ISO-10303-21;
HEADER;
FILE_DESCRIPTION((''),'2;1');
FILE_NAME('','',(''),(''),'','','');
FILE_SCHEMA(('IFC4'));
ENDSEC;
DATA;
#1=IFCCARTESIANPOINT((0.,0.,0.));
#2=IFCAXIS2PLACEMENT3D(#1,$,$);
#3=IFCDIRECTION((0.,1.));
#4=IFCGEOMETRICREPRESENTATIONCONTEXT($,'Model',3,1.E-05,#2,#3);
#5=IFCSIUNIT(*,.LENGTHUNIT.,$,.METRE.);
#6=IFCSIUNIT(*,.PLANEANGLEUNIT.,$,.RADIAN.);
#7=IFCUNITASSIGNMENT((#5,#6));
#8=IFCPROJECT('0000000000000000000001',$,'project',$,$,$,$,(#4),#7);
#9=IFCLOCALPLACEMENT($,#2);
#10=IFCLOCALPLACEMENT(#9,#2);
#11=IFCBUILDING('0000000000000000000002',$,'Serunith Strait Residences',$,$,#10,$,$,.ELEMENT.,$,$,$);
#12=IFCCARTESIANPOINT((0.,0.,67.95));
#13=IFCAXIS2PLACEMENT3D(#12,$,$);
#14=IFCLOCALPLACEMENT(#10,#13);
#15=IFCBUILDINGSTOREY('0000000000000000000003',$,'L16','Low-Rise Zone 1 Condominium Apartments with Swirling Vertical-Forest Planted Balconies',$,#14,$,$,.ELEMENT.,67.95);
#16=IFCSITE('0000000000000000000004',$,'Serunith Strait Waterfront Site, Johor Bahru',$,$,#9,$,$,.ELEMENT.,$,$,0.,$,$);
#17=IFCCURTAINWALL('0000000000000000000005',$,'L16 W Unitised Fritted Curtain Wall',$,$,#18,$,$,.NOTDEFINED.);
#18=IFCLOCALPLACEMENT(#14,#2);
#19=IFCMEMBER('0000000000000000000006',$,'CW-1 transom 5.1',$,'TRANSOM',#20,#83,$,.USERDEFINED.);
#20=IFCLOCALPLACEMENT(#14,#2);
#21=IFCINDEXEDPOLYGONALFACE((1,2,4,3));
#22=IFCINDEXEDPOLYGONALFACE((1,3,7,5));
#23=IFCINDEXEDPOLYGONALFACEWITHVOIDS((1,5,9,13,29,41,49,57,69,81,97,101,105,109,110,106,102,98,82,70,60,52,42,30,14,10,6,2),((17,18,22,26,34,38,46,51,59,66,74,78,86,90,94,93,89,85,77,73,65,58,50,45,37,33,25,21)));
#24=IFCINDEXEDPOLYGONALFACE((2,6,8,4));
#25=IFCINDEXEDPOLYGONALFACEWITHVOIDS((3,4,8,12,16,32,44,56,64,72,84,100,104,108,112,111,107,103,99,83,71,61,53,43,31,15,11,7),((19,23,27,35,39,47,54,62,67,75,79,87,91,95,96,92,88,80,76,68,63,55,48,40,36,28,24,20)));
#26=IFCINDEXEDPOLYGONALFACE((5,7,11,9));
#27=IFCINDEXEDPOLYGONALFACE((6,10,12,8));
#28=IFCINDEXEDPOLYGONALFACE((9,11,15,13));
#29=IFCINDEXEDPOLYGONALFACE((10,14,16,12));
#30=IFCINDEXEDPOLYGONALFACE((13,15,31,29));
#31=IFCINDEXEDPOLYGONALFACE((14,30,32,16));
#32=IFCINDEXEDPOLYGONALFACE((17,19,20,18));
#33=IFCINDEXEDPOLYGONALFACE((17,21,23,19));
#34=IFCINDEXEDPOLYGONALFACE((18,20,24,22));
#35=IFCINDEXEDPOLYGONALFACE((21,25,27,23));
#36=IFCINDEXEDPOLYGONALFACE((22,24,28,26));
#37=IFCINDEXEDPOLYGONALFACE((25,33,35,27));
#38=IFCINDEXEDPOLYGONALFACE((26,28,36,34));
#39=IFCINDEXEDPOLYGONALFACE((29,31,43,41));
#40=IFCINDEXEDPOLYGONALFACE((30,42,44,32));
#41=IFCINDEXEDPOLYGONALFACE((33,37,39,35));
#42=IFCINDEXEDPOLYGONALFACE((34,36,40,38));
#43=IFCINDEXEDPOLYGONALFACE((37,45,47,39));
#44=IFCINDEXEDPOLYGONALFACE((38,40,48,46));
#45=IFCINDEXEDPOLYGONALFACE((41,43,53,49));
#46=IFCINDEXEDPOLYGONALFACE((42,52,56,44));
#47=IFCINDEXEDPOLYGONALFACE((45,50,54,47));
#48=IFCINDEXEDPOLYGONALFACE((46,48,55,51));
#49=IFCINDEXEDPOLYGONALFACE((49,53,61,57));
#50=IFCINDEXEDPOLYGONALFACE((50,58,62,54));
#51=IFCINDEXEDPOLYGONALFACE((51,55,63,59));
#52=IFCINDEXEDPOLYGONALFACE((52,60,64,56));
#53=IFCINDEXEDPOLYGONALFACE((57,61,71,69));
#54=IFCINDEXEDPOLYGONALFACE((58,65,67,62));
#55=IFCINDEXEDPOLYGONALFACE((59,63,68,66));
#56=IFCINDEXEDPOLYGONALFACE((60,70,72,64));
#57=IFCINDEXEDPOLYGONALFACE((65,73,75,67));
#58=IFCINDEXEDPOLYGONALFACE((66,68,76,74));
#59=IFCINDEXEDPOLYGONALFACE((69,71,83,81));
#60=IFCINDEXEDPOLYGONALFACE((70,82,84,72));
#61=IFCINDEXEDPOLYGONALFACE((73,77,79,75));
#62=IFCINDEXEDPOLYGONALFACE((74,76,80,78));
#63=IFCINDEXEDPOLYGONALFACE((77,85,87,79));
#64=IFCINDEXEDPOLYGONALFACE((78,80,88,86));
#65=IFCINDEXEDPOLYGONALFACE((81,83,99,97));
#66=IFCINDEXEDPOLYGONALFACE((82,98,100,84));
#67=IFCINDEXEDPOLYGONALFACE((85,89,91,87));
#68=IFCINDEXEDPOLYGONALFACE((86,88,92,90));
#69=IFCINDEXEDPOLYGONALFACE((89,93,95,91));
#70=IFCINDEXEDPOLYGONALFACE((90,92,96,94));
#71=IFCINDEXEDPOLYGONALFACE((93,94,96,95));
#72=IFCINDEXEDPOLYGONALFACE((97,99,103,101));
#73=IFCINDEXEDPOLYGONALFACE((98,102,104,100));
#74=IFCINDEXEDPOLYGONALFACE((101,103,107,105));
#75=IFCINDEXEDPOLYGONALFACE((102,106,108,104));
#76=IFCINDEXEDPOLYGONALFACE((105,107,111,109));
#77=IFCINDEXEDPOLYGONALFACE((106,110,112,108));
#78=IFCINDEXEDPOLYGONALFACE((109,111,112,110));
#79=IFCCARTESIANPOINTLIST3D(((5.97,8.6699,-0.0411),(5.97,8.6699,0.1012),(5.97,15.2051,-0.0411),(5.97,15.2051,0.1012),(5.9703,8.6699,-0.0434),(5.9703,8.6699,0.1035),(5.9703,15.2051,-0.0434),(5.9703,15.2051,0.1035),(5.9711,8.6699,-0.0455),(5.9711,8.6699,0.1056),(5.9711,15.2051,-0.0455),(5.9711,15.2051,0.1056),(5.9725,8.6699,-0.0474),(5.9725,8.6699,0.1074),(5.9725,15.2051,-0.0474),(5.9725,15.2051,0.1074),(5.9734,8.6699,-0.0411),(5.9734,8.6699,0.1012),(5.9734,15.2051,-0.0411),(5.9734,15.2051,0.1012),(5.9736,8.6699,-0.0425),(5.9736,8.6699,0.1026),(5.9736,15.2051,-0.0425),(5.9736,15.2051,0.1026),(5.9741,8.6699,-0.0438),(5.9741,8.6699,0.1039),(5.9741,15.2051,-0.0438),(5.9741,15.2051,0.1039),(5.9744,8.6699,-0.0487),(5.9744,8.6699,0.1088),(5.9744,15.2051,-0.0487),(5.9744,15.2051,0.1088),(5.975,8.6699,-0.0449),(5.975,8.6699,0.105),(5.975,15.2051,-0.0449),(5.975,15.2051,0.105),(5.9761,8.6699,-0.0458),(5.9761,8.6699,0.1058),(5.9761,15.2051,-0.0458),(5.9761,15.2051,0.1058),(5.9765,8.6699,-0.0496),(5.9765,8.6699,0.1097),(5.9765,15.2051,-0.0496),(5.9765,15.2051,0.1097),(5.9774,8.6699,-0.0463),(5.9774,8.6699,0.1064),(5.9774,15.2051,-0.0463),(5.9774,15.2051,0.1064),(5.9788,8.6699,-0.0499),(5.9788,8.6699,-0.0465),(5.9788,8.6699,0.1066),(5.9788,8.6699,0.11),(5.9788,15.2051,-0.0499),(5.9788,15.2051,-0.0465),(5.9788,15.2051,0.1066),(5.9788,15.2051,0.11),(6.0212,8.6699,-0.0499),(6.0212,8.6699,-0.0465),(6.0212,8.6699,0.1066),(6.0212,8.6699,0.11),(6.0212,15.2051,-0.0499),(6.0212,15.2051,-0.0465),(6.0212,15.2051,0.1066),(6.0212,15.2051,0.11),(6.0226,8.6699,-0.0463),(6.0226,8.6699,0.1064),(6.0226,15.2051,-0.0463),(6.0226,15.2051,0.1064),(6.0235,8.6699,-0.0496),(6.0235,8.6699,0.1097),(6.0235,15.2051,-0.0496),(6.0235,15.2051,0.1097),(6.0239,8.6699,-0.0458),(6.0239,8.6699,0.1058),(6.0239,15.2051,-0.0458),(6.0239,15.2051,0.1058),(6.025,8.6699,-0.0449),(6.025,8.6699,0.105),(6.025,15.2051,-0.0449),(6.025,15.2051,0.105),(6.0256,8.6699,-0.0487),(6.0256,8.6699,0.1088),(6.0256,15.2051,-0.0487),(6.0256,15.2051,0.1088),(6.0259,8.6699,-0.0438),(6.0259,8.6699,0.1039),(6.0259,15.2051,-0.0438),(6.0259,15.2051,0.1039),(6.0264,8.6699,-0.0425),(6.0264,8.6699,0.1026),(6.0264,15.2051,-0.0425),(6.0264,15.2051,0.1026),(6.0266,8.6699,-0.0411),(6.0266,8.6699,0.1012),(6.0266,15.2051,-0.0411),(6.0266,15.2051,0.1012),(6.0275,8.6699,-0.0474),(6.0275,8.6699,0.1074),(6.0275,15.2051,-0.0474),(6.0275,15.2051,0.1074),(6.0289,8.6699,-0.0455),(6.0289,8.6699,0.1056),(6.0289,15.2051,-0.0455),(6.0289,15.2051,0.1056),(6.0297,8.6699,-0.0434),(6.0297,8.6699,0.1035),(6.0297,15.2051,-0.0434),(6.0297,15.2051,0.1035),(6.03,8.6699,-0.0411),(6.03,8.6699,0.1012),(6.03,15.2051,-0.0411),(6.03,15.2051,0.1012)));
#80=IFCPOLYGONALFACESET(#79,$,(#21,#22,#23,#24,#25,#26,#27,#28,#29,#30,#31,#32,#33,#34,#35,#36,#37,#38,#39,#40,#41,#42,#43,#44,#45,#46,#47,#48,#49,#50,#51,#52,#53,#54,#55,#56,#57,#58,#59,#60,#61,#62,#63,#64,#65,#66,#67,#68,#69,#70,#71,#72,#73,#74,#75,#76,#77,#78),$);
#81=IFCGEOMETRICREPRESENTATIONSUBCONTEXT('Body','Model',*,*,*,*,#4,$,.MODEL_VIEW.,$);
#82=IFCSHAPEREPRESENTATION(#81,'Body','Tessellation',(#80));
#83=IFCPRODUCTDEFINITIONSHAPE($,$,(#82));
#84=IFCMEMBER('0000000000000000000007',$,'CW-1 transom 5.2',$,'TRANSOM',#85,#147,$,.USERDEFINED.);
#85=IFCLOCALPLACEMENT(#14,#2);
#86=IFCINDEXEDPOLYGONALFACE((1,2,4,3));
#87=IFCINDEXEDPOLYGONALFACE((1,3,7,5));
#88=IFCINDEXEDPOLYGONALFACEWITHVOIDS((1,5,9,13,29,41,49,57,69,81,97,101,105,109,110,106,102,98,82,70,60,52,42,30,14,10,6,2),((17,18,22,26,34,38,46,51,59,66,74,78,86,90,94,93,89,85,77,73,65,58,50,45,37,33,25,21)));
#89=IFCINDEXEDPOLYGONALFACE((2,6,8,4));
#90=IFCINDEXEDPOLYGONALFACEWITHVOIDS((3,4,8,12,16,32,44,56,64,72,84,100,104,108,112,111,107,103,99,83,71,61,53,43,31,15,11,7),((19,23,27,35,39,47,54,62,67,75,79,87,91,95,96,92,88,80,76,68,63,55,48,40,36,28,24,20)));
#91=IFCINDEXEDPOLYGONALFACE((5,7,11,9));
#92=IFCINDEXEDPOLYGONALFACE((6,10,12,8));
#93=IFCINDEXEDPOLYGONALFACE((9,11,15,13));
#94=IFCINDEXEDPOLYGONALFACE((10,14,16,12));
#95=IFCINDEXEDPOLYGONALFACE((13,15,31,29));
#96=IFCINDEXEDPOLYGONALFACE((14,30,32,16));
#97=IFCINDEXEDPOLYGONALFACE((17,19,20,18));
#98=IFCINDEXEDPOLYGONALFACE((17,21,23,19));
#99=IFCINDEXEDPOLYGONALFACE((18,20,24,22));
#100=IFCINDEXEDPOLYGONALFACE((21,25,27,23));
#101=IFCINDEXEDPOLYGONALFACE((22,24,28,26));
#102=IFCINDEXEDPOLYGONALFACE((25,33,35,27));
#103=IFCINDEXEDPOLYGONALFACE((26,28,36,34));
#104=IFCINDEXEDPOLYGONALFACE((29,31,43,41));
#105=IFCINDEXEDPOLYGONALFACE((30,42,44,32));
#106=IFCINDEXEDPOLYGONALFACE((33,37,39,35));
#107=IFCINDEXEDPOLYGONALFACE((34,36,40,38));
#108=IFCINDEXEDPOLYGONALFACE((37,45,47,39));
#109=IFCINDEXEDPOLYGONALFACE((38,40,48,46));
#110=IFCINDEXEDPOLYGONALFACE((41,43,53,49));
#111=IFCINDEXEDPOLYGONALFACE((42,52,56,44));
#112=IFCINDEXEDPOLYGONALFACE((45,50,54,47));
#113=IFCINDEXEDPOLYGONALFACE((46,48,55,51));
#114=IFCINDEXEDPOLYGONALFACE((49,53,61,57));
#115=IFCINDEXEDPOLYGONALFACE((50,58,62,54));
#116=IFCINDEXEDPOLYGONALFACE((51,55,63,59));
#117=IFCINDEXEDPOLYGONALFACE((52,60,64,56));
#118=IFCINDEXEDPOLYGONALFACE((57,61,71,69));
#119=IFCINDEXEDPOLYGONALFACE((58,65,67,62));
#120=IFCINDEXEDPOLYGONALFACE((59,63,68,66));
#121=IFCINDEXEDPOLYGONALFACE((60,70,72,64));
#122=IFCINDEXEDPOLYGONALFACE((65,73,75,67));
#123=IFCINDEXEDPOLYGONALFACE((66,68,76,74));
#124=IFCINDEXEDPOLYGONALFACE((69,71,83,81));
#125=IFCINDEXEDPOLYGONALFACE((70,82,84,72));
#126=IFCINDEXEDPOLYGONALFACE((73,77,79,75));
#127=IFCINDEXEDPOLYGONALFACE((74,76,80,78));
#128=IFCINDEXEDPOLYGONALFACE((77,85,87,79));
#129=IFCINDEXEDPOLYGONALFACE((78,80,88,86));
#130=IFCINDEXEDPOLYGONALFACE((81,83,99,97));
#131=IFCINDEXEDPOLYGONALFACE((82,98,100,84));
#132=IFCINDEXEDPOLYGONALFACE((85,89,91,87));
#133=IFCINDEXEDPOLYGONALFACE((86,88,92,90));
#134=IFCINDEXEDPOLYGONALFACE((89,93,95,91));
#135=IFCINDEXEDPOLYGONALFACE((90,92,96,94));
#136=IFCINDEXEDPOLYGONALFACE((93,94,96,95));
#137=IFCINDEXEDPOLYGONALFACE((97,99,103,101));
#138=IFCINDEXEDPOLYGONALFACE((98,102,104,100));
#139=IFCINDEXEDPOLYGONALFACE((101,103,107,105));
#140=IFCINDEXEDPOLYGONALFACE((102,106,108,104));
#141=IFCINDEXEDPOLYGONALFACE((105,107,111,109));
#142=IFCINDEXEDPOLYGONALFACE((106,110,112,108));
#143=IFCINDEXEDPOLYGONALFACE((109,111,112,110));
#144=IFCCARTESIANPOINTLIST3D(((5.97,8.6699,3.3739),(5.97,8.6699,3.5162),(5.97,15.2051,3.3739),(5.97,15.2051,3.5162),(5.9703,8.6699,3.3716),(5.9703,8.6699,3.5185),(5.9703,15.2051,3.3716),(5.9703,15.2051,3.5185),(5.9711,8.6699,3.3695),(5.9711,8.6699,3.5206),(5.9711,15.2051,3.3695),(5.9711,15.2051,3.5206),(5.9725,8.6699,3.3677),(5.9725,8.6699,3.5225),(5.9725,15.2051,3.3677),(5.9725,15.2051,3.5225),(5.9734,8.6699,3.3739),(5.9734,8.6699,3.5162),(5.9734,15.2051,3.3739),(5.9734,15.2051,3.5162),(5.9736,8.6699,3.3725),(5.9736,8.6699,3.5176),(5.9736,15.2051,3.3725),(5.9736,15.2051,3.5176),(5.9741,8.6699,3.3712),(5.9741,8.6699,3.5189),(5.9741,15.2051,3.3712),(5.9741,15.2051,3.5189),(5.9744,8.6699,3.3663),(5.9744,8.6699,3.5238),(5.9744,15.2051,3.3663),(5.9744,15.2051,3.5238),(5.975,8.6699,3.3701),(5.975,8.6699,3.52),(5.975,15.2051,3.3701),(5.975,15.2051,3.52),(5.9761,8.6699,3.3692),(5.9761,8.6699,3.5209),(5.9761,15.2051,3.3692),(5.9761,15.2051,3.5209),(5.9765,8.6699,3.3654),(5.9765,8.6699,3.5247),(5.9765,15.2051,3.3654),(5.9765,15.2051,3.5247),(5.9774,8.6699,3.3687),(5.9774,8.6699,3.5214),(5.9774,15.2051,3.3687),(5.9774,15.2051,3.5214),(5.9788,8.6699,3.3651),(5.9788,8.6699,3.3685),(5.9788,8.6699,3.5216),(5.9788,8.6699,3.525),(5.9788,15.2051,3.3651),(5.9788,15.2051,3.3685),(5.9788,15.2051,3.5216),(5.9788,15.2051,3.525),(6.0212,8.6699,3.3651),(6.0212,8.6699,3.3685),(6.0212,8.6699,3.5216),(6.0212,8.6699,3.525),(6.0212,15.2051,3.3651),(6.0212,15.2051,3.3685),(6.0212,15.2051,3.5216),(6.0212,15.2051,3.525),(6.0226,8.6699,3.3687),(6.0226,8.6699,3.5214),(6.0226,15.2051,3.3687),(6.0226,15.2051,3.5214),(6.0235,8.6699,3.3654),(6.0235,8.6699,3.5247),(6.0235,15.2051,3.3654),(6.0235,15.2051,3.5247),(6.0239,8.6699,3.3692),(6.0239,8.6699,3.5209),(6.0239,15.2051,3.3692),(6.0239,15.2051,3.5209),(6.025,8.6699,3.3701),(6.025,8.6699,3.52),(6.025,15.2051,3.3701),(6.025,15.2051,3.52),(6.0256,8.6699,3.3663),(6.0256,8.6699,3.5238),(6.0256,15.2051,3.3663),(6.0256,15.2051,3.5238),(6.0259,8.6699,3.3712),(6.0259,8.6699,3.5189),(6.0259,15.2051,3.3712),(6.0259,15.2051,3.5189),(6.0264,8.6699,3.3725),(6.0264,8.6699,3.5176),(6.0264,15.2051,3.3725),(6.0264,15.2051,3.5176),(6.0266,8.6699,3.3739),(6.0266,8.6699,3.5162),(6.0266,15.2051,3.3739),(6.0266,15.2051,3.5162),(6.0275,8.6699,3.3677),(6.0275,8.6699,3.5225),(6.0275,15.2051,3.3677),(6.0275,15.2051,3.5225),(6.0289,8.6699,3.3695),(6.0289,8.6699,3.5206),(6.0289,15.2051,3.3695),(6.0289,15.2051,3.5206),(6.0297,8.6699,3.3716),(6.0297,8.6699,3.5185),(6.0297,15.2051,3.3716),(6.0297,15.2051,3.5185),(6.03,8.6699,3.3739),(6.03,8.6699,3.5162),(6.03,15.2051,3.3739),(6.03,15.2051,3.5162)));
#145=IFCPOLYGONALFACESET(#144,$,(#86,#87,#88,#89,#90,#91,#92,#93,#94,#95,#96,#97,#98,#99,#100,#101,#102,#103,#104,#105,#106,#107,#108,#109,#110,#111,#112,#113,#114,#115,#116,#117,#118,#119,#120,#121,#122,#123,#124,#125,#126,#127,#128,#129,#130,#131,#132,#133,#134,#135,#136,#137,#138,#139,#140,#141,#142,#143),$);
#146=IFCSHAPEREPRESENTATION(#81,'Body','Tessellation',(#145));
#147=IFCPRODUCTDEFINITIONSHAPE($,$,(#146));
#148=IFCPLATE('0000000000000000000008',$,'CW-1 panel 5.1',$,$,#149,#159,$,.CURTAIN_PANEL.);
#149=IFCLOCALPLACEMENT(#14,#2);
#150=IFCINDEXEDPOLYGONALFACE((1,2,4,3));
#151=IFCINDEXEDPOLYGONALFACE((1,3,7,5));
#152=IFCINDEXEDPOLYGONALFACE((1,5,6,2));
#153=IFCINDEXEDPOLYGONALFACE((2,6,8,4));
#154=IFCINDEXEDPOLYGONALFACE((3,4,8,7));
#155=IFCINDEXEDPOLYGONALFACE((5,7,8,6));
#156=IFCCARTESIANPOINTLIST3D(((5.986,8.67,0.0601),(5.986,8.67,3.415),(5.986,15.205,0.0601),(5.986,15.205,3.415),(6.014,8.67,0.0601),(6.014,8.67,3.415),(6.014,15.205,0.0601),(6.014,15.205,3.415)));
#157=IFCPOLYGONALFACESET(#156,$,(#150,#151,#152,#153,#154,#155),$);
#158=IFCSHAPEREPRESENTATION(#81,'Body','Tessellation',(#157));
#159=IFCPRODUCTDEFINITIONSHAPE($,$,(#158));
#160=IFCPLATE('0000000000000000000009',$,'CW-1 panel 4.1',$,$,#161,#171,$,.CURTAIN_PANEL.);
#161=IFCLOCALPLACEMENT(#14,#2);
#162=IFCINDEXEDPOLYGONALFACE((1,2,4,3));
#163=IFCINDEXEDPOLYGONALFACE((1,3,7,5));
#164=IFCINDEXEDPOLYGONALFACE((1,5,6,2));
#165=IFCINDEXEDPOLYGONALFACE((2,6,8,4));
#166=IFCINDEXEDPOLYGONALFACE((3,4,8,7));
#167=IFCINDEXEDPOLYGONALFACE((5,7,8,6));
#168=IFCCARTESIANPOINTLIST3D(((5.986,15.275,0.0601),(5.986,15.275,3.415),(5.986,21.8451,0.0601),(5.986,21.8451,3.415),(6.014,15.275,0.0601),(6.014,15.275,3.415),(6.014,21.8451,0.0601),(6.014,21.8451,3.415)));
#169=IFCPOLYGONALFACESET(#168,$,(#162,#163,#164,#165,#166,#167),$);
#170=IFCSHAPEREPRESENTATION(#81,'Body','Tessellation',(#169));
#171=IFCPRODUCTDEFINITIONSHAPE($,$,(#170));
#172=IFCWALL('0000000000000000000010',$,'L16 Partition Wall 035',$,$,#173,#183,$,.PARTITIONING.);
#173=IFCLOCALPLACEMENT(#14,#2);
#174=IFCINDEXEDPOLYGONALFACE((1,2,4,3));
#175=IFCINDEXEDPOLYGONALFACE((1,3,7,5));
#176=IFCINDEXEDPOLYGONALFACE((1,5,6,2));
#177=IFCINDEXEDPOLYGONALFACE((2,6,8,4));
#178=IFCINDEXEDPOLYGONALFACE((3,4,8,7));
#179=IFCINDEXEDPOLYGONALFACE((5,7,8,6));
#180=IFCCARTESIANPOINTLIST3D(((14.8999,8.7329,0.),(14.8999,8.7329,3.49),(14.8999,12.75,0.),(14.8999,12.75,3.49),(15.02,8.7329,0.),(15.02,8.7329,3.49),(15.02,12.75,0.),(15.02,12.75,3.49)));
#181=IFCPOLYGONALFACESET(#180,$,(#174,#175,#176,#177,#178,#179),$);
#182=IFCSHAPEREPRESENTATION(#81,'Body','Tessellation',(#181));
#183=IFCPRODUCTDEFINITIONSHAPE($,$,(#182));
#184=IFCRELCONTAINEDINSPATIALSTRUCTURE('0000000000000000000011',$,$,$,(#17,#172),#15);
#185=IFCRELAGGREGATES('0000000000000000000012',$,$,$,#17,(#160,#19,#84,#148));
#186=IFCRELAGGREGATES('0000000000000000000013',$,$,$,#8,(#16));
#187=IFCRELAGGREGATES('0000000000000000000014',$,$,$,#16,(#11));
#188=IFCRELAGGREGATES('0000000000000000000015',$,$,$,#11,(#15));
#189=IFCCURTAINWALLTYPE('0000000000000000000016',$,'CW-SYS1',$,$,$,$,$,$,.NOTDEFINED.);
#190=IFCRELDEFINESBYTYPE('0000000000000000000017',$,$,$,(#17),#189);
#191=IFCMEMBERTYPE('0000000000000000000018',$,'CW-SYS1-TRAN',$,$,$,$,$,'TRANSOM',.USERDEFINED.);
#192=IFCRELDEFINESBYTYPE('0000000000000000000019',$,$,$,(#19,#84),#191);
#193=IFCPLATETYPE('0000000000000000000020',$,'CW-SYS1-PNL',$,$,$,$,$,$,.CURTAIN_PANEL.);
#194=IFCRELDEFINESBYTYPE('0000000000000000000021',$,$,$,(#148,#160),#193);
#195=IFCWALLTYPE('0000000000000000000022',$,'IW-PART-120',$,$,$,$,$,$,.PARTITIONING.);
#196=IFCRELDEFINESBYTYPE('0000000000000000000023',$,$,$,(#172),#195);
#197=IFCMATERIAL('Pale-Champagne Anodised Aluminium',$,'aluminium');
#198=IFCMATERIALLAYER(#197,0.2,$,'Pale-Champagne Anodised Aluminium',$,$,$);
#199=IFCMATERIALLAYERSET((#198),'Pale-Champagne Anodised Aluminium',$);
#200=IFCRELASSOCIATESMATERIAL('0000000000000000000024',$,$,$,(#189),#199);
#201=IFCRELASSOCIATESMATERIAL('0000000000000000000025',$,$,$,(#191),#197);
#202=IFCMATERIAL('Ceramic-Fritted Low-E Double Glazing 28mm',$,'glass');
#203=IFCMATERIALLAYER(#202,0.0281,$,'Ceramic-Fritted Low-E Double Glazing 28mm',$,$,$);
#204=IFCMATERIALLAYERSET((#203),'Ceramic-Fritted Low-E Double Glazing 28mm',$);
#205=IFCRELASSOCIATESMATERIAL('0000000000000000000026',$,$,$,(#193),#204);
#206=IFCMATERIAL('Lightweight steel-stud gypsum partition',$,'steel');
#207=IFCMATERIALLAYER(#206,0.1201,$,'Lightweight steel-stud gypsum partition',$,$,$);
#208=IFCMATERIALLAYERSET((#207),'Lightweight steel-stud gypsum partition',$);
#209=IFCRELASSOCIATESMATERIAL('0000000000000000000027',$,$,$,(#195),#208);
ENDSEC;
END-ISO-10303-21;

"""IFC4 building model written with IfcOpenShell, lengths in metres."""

from ifc_helpers import new_model, si_unit, direction, frame, frame_2d, origin, origin_2d, place, context, subcontext, project, spatial, rectangle, hollow_rectangle, extrude, source, transform, mapped, material, layer, layer_set, material_profile, profile_set, type_object, element, aggregate, save


model = new_model("IFC4")

# Units and contexts
model_context = context("Model", 3, precision=1e-05, world=origin(), true_north=direction((0.0, 1.0)))
body_context = subcontext(model_context, "Body", "Model", "MODEL_VIEW")
ifc_project = project(units=[si_unit("LENGTHUNIT", "METRE"), si_unit("PLANEANGLEUNIT", "RADIAN")], contexts=[model_context])

# Site, building, storey
site_placement = place(None, origin())
site = spatial("IfcSite", under=ifc_project, at=site_placement, Name="Serunith Strait Waterfront Site, Johor Bahru", CompositionType="ELEMENT", RefElevation=0.0)
building_placement = place(site_placement, origin())
building = spatial("IfcBuilding", under=site, at=building_placement, Name="Serunith Strait Residences", CompositionType="ELEMENT")
storey_placement = place(building_placement, frame((0.0, 0.0, 67.95)))
storey = spatial("IfcBuildingStorey", under=building, at=storey_placement, Name="L16", Description="Low-Rise Zone 1 Condominium Apartments with Swirling Vertical-Forest Planted Balconies", CompositionType="ELEMENT", Elevation=67.95)

# Curtain wall, members, plates
ifc_material_1 = material(Name="Pale-Champagne Anodised Aluminium", Category="aluminium")
ifc_layer_1 = layer(ifc_material_1, 0.2, Name="Pale-Champagne Anodised Aluminium")
ifc_layer_set_1 = layer_set([ifc_layer_1], Name="Pale-Champagne Anodised Aluminium")
curtain_wall_type = type_object("IfcCurtainWallType", Name="CW-SYS1", PredefinedType="NOTDEFINED", material=ifc_layer_set_1)
curtain_wall_placement = place(storey_placement, origin())
curtain_wall = element("IfcCurtainWall", 1, at=curtain_wall_placement, inside=storey, type_object=curtain_wall_type, Name="L16 W Unitised Fritted Curtain Wall", PredefinedType="NOTDEFINED")
ifc_material_profile_1 = material_profile(ifc_material_1, hollow_rectangle(XDim=0.0601, YDim=0.1599, WallThickness=0.0034, InnerFilletRadius=0.0054, OuterFilletRadius=0.0088, at=origin_2d()), Name="ALU 160x60x3.5")
ifc_profile_set_1 = profile_set([ifc_material_profile_1], Name="Pale-Champagne Anodised Aluminium")
member_type_1 = type_object("IfcMemberType", Name="CW-SYS1-TRAN", ElementType="TRANSOM", PredefinedType="USERDEFINED", material=ifc_profile_set_1)
shared_shape_1 = source(origin(), body_context, "Body", "SweptSolid", [
    extrude(hollow_rectangle(XDim=0.0601, YDim=0.1599, WallThickness=0.0034, InnerFilletRadius=0.0054, OuterFilletRadius=0.0088, at=origin_2d()), origin(), (0.0, 0.0, 1.0), 6.5352),
])
member_1_placement = place(storey_placement, frame((6.0, 15.2051, 0.03), z_axis=(0.0, -1.0, 0.0), x_axis=(1.0, 0.0, 0.0)))
member_1 = element("IfcMember", 2, at=member_1_placement, type_object=member_type_1, Name="CW-1 transom 5.1", ObjectType="TRANSOM", PredefinedType="USERDEFINED", context=body_context, shape_type="MappedRepresentation", body=[
    mapped(shared_shape_1, transform((0.0, 0.0, 0.0), scale=1.0)),
])
member_2_placement = place(storey_placement, frame((6.0, 15.2051, 3.4451), z_axis=(0.0, -1.0, 0.0), x_axis=(1.0, 0.0, 0.0)))
member_2 = element("IfcMember", 3, at=member_2_placement, type_object=member_type_1, Name="CW-1 transom 5.2", ObjectType="TRANSOM", PredefinedType="USERDEFINED", context=body_context, shape_type="MappedRepresentation", body=[
    mapped(shared_shape_1, transform((0.0, 0.0, 0.0), scale=1.0)),
])
ifc_material_2 = material(Name="Ceramic-Fritted Low-E Double Glazing 28mm", Category="glass")
ifc_layer_2 = layer(ifc_material_2, 0.0281, Name="Ceramic-Fritted Low-E Double Glazing 28mm")
ifc_layer_set_2 = layer_set([ifc_layer_2], Name="Ceramic-Fritted Low-E Double Glazing 28mm")
plate_type = type_object("IfcPlateType", Name="CW-SYS1-PNL", PredefinedType="CURTAIN_PANEL", material=ifc_layer_set_2)
shared_shape_2 = source(origin(), body_context, "Body", "SweptSolid", [
    extrude(rectangle(XDim=6.5349, YDim=0.0281, at=origin_2d()), origin(), (0.0, 0.0, 1.0), 3.355),
])
plate_1_placement = place(storey_placement, frame((6.0, 11.9375, 0.0601), z_axis=(0.0, 0.0, 1.0), x_axis=(0.0, -1.0, 0.0)))
plate_1 = element("IfcPlate", 4, at=plate_1_placement, type_object=plate_type, Name="CW-1 panel 5.1", PredefinedType="CURTAIN_PANEL", context=body_context, shape_type="MappedRepresentation", body=[
    mapped(shared_shape_2, transform((0.0, 0.0, 0.0), scale=1.0)),
])
shared_shape_3 = source(origin(), body_context, "Body", "SweptSolid", [
    extrude(rectangle(XDim=6.5701, YDim=0.0281, at=origin_2d()), origin(), (0.0, 0.0, 1.0), 3.355),
])
plate_2_placement = place(storey_placement, frame((6.0, 18.5601, 0.0601), z_axis=(0.0, 0.0, 1.0), x_axis=(0.0, -1.0, 0.0)))
plate_2 = element("IfcPlate", 5, at=plate_2_placement, type_object=plate_type, Name="CW-1 panel 4.1", PredefinedType="CURTAIN_PANEL", context=body_context, shape_type="MappedRepresentation", body=[
    mapped(shared_shape_3, transform((0.0, 0.0, 0.0), scale=1.0)),
])
aggregate(curtain_wall, [plate_2, member_1, member_2, plate_1])

# Wall
ifc_material_3 = material(Name="Lightweight steel-stud gypsum partition", Category="steel")
ifc_layer_3 = layer(ifc_material_3, 0.1201, Name="Lightweight steel-stud gypsum partition")
ifc_layer_set_3 = layer_set([ifc_layer_3], Name="Lightweight steel-stud gypsum partition")
wall_type_1 = type_object("IfcWallType", Name="IW-PART-120", PredefinedType="PARTITIONING", material=ifc_layer_set_3)
wall_1_placement = place(storey_placement, frame((14.96, 8.7329, 0.0), z_axis=(0.0, 0.0, 1.0), x_axis=(0.0, 1.0, 0.0)))
element("IfcWall", 6, at=wall_1_placement, inside=storey, type_object=wall_type_1, Name="L16 Partition Wall 035", PredefinedType="PARTITIONING", context=body_context, shape_type="SweptSolid", body=[
    extrude(rectangle(XDim=4.0171, YDim=0.1201, at=frame_2d((2.0085, 0.0))), origin(), (0.0, 0.0, 1.0), 3.49),
])

save(model, "model.ifc")
